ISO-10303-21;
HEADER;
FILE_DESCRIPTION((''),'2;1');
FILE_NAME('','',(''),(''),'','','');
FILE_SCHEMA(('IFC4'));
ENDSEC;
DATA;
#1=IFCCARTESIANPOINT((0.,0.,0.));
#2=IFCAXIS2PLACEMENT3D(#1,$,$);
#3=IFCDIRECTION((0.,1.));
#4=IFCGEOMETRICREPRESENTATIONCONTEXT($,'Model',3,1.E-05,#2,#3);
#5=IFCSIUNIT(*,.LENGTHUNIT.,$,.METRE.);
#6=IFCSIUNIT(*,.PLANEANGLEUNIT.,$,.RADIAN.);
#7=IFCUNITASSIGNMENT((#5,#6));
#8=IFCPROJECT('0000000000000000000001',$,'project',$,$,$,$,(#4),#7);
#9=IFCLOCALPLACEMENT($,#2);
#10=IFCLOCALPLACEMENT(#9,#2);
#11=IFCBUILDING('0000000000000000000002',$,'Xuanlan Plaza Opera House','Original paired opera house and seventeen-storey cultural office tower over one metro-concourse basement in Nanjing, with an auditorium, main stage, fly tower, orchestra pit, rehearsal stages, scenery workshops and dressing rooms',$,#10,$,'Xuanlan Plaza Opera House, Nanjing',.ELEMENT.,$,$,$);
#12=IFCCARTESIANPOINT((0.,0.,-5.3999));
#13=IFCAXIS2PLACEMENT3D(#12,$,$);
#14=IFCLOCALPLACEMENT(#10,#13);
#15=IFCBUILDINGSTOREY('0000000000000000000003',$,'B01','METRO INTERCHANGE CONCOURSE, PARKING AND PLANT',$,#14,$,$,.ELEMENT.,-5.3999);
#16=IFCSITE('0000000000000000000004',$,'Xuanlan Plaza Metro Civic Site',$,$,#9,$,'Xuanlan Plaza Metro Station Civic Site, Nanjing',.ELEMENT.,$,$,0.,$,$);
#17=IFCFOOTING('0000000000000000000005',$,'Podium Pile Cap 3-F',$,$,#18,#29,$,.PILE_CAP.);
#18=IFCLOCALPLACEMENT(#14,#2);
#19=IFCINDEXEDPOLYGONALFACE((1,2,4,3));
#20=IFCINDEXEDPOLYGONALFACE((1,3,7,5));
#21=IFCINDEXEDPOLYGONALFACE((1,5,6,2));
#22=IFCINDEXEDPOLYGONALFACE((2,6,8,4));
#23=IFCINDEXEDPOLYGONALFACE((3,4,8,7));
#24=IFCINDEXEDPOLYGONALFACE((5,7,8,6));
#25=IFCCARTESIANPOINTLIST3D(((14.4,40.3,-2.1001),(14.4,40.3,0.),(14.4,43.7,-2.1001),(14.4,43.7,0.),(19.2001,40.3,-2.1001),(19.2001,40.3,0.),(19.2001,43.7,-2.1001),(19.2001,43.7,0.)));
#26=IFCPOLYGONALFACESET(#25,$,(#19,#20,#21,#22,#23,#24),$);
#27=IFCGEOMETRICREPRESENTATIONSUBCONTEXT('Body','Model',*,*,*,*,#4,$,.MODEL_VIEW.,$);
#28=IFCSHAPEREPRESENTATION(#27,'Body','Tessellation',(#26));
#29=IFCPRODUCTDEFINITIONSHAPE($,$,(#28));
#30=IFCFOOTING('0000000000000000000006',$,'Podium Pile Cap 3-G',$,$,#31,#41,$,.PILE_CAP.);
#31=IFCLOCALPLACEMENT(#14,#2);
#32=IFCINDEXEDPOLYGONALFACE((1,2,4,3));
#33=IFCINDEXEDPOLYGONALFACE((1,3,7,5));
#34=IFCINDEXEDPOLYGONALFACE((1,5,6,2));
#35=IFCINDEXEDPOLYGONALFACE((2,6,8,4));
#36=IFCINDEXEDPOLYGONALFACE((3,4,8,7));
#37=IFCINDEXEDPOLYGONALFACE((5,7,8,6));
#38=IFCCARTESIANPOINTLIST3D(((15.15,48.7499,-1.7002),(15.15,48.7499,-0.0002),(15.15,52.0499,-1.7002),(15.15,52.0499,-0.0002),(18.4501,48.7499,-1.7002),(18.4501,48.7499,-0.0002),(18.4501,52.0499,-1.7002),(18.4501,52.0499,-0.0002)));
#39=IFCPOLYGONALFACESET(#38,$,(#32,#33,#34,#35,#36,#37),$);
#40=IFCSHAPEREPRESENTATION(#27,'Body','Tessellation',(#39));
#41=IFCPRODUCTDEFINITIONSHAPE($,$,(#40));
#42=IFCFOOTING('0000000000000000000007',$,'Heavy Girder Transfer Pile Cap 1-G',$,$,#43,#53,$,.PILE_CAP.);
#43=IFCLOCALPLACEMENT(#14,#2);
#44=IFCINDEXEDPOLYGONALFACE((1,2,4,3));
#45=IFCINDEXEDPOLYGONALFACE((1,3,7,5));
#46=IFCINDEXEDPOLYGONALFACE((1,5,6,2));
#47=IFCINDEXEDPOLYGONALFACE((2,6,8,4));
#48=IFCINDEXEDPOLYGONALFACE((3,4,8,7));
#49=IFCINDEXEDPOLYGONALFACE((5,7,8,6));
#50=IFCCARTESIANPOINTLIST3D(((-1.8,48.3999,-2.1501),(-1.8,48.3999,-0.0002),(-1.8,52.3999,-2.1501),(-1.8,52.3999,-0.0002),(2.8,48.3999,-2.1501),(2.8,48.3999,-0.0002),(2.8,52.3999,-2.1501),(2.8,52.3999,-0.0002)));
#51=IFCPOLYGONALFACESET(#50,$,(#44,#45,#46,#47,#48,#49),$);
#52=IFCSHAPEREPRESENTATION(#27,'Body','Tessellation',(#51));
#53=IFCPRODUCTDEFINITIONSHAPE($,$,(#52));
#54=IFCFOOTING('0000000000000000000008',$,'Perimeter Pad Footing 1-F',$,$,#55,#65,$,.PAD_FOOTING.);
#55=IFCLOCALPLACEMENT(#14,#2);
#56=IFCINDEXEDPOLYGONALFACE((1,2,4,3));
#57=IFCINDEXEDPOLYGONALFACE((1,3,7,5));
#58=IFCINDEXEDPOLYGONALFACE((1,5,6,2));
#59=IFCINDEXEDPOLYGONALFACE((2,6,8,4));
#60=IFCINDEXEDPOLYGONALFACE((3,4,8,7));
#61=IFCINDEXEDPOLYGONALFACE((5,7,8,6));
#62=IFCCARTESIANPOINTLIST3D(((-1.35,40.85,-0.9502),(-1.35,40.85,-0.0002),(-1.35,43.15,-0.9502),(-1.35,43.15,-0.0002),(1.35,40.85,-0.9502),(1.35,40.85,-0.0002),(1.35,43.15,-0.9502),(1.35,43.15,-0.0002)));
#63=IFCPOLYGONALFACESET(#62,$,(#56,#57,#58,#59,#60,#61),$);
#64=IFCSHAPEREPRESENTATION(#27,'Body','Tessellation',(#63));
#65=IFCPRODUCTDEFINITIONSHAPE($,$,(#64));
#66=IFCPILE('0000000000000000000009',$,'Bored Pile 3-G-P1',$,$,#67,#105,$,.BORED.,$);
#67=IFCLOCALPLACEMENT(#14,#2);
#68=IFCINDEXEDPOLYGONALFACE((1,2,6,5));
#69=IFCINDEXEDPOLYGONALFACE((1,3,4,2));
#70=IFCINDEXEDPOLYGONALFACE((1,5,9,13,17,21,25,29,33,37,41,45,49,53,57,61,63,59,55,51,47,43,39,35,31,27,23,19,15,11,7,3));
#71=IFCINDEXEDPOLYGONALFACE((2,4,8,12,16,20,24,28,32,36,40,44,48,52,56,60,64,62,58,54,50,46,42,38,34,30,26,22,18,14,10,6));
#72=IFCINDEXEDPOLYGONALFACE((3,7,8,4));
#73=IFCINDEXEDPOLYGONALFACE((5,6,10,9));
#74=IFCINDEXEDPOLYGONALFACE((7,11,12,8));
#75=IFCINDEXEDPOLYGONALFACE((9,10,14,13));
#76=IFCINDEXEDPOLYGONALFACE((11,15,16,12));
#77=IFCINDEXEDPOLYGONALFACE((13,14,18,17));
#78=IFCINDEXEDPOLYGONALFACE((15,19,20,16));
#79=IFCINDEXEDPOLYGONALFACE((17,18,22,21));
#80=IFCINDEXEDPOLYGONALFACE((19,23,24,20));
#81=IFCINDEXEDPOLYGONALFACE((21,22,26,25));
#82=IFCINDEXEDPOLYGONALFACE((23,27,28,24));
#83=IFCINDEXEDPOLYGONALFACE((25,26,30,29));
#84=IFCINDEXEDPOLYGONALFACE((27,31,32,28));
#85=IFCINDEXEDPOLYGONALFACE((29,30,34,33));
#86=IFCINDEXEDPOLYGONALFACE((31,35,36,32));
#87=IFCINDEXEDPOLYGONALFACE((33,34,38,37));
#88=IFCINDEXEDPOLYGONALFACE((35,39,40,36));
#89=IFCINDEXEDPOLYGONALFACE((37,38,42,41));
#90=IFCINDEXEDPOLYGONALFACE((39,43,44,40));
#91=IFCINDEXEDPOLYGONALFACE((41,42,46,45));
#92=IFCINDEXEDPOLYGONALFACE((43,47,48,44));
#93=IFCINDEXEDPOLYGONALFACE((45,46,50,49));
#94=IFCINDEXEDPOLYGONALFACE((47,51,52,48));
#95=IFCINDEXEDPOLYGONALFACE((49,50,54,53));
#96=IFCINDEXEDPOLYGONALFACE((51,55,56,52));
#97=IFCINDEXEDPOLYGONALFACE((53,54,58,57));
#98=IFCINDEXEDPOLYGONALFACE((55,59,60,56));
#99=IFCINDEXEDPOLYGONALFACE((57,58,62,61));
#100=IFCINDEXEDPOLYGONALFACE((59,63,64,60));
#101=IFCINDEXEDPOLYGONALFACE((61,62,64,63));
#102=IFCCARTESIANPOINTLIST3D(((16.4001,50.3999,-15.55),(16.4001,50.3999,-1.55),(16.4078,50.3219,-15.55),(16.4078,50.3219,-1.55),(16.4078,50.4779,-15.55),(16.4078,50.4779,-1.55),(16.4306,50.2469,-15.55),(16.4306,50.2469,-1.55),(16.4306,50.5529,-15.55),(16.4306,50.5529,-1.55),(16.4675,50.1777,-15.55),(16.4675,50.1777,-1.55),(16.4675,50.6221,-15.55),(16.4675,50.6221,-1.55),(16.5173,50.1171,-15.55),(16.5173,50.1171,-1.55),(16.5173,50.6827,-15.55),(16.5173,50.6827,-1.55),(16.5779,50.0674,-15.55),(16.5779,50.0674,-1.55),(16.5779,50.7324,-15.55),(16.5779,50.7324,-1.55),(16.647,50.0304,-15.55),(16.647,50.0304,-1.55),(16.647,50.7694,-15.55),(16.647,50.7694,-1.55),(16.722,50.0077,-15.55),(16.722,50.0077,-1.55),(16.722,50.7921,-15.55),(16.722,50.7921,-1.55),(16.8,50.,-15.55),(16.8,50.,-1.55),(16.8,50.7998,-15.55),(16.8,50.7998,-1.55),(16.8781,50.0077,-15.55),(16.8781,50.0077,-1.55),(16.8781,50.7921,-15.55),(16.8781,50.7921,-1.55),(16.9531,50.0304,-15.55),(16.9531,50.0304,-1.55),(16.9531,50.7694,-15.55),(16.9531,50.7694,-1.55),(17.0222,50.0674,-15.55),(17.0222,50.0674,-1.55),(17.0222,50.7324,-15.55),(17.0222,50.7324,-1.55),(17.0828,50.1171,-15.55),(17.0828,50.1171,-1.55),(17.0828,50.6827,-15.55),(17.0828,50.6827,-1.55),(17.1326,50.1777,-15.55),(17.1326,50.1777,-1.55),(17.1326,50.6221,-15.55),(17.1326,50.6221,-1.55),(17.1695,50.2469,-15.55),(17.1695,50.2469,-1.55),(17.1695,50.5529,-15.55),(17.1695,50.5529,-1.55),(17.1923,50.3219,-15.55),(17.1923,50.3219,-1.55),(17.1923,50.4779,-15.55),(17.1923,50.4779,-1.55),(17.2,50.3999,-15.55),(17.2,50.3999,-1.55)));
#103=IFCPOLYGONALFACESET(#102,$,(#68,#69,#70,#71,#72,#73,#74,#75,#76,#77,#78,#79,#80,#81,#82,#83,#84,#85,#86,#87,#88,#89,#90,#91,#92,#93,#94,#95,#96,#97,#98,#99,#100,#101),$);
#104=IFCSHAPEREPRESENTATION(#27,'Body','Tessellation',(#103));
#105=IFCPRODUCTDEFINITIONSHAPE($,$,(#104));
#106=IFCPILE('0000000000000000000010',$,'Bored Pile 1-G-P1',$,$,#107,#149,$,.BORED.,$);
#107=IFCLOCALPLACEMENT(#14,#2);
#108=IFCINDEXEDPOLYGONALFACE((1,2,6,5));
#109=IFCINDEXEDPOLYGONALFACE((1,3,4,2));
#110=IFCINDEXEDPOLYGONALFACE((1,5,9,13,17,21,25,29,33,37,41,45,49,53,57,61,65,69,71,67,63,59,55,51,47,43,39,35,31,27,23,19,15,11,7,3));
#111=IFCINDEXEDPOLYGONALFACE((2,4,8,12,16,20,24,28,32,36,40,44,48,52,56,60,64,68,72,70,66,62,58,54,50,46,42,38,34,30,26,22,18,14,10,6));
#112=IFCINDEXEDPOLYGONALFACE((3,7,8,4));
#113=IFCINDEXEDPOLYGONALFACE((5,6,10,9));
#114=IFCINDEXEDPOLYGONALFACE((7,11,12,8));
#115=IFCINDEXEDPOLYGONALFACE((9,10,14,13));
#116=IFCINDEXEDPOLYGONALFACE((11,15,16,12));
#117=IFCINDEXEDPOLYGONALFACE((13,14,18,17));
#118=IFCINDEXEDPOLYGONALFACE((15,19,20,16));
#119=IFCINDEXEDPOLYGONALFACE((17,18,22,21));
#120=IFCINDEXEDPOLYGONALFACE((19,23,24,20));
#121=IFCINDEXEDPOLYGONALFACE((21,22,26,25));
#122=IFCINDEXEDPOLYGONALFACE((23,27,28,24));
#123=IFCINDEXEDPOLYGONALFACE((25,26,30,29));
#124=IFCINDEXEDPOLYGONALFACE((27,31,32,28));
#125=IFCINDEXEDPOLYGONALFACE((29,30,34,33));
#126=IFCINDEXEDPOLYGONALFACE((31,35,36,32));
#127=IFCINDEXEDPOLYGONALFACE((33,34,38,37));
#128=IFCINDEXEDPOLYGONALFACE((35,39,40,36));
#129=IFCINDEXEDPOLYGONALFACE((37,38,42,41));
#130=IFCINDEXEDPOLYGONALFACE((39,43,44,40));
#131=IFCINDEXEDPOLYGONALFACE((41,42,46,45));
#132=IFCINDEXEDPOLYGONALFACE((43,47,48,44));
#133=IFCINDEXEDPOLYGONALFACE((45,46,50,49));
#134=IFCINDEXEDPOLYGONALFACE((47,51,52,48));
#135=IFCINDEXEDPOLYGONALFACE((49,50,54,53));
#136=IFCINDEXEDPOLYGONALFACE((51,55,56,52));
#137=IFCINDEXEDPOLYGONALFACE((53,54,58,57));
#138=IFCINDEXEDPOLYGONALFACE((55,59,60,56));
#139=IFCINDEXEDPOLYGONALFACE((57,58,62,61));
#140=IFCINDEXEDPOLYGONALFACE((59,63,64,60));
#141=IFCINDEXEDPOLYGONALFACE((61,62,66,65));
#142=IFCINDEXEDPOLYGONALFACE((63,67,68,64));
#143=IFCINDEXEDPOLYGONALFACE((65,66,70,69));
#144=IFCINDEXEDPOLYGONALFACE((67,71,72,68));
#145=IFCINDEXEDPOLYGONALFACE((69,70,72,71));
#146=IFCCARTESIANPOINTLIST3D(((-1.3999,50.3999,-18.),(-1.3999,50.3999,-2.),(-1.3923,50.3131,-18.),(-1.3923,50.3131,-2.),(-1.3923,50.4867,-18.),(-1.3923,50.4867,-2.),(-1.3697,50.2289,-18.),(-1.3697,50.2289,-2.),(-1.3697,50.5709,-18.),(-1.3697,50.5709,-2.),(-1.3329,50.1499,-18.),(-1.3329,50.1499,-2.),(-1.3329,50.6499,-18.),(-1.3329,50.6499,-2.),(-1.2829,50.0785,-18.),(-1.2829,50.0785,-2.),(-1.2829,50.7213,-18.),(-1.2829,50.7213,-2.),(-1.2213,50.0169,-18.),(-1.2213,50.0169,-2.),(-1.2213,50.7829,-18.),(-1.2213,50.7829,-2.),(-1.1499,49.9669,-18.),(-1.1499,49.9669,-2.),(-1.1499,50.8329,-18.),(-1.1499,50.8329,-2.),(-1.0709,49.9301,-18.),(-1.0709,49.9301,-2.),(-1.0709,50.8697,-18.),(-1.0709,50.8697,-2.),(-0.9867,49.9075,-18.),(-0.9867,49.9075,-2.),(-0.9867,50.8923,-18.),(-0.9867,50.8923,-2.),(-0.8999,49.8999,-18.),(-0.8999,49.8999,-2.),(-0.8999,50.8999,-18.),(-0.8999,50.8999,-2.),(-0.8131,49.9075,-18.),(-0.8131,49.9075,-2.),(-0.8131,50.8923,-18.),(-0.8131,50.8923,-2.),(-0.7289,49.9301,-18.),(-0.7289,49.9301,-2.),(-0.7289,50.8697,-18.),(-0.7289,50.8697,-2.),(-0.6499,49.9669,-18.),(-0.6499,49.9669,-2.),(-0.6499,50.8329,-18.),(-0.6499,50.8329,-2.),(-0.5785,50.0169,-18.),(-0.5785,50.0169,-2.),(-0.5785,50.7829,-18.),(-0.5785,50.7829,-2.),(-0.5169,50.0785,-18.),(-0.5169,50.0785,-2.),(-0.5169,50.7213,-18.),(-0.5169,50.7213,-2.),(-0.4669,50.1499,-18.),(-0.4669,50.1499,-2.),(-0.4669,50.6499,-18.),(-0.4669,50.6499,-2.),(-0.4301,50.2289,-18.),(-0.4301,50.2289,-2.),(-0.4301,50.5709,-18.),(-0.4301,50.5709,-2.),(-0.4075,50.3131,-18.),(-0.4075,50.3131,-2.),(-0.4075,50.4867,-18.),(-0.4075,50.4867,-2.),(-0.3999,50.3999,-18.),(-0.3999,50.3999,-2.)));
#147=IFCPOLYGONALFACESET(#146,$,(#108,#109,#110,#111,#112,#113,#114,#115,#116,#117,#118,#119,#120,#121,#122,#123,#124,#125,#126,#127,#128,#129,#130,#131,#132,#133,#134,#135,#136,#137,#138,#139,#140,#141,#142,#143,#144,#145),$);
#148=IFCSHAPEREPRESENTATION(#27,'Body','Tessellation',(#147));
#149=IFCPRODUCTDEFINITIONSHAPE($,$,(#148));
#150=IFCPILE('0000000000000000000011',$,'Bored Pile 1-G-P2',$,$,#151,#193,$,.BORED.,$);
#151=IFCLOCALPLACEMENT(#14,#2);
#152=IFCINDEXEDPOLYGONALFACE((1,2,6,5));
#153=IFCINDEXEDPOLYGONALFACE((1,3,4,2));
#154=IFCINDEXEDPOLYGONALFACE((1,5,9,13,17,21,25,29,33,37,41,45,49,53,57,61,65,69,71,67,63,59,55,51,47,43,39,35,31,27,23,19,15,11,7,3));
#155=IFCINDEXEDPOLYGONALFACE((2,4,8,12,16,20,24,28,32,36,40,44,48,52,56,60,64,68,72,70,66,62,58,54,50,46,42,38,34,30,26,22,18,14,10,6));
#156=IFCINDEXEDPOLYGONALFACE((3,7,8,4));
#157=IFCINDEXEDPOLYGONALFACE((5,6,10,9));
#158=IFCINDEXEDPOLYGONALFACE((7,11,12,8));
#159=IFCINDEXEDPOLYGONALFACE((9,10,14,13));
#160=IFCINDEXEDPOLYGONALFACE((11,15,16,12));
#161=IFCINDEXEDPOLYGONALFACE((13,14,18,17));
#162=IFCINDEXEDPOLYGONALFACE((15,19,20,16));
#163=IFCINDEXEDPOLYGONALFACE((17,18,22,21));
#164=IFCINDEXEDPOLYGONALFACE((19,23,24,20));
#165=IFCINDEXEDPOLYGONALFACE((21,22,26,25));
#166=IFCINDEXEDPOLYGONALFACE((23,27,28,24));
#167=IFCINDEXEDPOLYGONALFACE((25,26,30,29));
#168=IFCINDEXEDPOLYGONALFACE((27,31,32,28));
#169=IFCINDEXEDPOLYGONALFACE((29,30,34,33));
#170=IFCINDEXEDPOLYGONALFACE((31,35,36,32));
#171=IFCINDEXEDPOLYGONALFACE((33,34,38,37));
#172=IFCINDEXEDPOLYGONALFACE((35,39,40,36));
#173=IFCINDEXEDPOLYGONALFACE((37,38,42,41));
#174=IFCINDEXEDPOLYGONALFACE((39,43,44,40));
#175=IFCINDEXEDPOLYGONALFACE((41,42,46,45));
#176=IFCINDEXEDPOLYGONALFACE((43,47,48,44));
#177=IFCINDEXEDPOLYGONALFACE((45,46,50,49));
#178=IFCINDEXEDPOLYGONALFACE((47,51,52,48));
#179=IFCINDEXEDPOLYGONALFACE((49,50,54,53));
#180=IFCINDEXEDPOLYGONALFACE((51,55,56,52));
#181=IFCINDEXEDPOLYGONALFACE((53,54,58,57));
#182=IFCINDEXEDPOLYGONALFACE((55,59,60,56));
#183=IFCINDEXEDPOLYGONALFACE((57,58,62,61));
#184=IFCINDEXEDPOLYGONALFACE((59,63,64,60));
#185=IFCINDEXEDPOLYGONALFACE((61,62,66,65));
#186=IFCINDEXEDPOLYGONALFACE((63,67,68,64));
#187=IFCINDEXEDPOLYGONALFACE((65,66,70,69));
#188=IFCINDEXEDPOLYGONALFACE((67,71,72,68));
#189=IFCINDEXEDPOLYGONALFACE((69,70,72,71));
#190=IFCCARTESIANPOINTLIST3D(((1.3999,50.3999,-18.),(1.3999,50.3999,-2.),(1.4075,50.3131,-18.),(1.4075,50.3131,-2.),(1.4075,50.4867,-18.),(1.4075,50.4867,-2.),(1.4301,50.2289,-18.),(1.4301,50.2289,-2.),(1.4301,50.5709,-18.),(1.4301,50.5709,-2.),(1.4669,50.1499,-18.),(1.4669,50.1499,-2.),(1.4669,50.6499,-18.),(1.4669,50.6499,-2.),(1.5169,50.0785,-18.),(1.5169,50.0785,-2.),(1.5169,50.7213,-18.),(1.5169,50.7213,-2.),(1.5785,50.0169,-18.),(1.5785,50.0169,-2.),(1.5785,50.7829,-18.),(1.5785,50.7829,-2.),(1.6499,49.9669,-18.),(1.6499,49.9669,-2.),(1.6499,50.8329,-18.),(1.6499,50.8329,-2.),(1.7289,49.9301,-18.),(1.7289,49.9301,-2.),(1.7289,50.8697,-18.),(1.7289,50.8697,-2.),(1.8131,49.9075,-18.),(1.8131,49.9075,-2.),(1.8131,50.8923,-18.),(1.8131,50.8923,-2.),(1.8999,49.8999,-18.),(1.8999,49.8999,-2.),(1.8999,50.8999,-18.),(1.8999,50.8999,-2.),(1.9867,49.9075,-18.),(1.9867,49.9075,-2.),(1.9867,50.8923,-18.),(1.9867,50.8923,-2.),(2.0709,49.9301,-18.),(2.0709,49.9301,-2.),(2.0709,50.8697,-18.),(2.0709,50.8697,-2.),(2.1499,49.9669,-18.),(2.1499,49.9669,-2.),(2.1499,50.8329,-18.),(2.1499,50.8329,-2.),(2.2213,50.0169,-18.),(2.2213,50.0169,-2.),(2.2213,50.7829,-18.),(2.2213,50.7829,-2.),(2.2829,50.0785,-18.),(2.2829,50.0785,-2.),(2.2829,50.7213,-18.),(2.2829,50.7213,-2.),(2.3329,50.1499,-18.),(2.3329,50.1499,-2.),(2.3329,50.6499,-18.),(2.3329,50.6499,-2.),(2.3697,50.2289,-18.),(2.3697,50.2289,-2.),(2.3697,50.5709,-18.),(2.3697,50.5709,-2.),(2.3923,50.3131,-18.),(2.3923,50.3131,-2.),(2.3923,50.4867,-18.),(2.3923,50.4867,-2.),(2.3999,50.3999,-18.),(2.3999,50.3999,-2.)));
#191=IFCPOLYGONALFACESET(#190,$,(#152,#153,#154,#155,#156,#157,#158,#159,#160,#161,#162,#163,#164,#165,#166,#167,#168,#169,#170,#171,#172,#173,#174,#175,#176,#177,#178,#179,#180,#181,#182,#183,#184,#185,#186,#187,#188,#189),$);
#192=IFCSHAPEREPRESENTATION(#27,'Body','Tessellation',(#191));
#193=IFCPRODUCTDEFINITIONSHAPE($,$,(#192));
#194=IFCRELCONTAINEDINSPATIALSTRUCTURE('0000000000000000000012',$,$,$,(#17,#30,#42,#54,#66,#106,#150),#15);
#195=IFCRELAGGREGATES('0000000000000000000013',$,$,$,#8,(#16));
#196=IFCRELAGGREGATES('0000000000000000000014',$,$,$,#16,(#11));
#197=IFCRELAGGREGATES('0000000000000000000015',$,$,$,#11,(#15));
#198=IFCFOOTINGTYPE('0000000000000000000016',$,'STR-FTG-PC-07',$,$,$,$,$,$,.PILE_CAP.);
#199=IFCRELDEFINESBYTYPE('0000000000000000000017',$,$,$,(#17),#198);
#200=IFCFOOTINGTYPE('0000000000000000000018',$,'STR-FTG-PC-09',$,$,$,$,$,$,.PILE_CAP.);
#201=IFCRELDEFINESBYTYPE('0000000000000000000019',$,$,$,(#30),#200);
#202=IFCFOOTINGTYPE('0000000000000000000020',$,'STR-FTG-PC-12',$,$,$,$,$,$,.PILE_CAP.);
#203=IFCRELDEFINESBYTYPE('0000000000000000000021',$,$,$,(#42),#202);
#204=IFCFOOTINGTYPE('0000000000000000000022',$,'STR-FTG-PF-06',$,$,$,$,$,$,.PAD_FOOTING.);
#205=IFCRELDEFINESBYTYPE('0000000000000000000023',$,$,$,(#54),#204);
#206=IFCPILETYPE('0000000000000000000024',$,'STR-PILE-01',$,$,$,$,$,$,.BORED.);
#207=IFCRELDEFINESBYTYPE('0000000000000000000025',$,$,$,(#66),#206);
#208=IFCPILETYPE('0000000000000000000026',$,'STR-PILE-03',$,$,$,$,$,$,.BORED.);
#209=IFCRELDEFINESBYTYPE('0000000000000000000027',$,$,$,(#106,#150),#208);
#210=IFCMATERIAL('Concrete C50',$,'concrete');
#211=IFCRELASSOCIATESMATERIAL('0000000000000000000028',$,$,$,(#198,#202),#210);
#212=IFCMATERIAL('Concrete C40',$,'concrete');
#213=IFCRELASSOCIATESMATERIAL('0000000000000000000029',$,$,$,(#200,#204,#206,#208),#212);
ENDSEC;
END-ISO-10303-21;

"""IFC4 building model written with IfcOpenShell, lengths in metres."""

from ifc_helpers import new_model, si_unit, direction, frame, origin, origin_2d, place, context, subcontext, project, spatial, rectangle, circle, extrude, material, material_profile, profile_set, type_object, element, save


model = new_model("IFC4")

# Units and contexts
model_context = context("Model", 3, precision=1e-05, world=origin(), true_north=direction((0.0, 1.0)))
body_context = subcontext(model_context, "Body", "Model", "MODEL_VIEW")
ifc_project = project(units=[si_unit("LENGTHUNIT", "METRE"), si_unit("PLANEANGLEUNIT", "RADIAN")], contexts=[model_context])

# Site, building, storey
site_placement = place(None, origin())
site = spatial("IfcSite", under=ifc_project, at=site_placement, Name="Xuanlan Plaza Metro Civic Site", LongName="Xuanlan Plaza Metro Station Civic Site, Nanjing", CompositionType="ELEMENT", RefElevation=0.0)
building_placement = place(site_placement, origin())
building = spatial("IfcBuilding", under=site, at=building_placement, Name="Xuanlan Plaza Opera House", Description="Original paired opera house and seventeen-storey cultural office tower over one metro-concourse basement in Nanjing, with an auditorium, main stage, fly tower, orchestra pit, rehearsal stages, scenery workshops and dressing rooms", LongName="Xuanlan Plaza Opera House, Nanjing", CompositionType="ELEMENT")
storey_placement = place(building_placement, frame((0.0, 0.0, -5.3999)))
storey = spatial("IfcBuildingStorey", under=building, at=storey_placement, Name="B01", Description="METRO INTERCHANGE CONCOURSE, PARKING AND PLANT", CompositionType="ELEMENT", Elevation=-5.3999)

# Footings
ifc_material_1 = material(Name="Concrete C50", Category="concrete")
footing_type_1 = type_object("IfcFootingType", Name="STR-FTG-PC-07", PredefinedType="PILE_CAP", material=ifc_material_1)
footing_1_placement = place(storey_placement, frame((16.8, 42.0, -2.1001), z_axis=(0.0, 0.0, 1.0), x_axis=(1.0, 0.0, 0.0)))
element("IfcFooting", 1, at=footing_1_placement, inside=storey, type_object=footing_type_1, Name="Podium Pile Cap 3-F", PredefinedType="PILE_CAP", context=body_context, shape_type="SweptSolid", body=[
    extrude(rectangle(XDim=4.8, YDim=3.3999, at=origin_2d()), origin(), (0.0, 0.0, 1.0), 2.1001),
])
ifc_material_2 = material(Name="Concrete C40", Category="concrete")
footing_type_2 = type_object("IfcFootingType", Name="STR-FTG-PC-09", PredefinedType="PILE_CAP", material=ifc_material_2)
footing_2_placement = place(storey_placement, frame((16.8, 50.3999, -1.7002), z_axis=(0.0, 0.0, 1.0), x_axis=(1.0, 0.0, 0.0)))
element("IfcFooting", 2, at=footing_2_placement, inside=storey, type_object=footing_type_2, Name="Podium Pile Cap 3-G", PredefinedType="PILE_CAP", context=body_context, shape_type="SweptSolid", body=[
    extrude(rectangle(XDim=3.3, YDim=3.3, at=origin_2d()), origin(), (0.0, 0.0, 1.0), 1.7),
])
footing_type_3 = type_object("IfcFootingType", Name="STR-FTG-PC-12", PredefinedType="PILE_CAP", material=ifc_material_1)
footing_3_placement = place(storey_placement, frame((0.5, 50.3999, -2.1501), z_axis=(0.0, 0.0, 1.0), x_axis=(1.0, 0.0, 0.0)))
element("IfcFooting", 3, at=footing_3_placement, inside=storey, type_object=footing_type_3, Name="Heavy Girder Transfer Pile Cap 1-G", PredefinedType="PILE_CAP", context=body_context, shape_type="SweptSolid", body=[
    extrude(rectangle(XDim=4.6001, YDim=4.0, at=origin_2d()), origin(), (0.0, 0.0, 1.0), 2.1499),
])
footing_type_4 = type_object("IfcFootingType", Name="STR-FTG-PF-06", PredefinedType="PAD_FOOTING", material=ifc_material_2)
footing_4_placement = place(storey_placement, frame((0.0, 42.0, -0.9502), z_axis=(0.0, 0.0, 1.0), x_axis=(1.0, 0.0, 0.0)))
element("IfcFooting", 4, at=footing_4_placement, inside=storey, type_object=footing_type_4, Name="Perimeter Pad Footing 1-F", PredefinedType="PAD_FOOTING", context=body_context, shape_type="SweptSolid", body=[
    extrude(rectangle(XDim=2.7, YDim=2.3, at=origin_2d()), origin(), (0.0, 0.0, 1.0), 0.95),
])

# Piles
ifc_material_profile_1 = material_profile(ifc_material_2, circle(Radius=0.3999, at=origin_2d()), Name="PILE D800")
ifc_profile_set_1 = profile_set([ifc_material_profile_1], Name="Concrete C40")
pile_type_1 = type_object("IfcPileType", Name="STR-PILE-01", PredefinedType="BORED", material=ifc_profile_set_1)
pile_placement = place(storey_placement, frame((16.8, 50.3999, -1.55), z_axis=(0.0, 0.0, -1.0), x_axis=(1.0, 0.0, 0.0)))
element("IfcPile", 5, at=pile_placement, inside=storey, type_object=pile_type_1, Name="Bored Pile 3-G-P1", PredefinedType="BORED", context=body_context, shape_type="SweptSolid", body=[
    extrude(circle(Radius=0.3999, at=origin_2d()), origin(), (0.0, 0.0, 1.0), 14.0),
])
ifc_material_profile_2 = material_profile(ifc_material_2, circle(Radius=0.5, at=origin_2d()), Name="PILE D1000")
ifc_profile_set_2 = profile_set([ifc_material_profile_2], Name="Concrete C40")
pile_type_2 = type_object("IfcPileType", Name="STR-PILE-03", PredefinedType="BORED", material=ifc_profile_set_2)
for number, where, z_axis, x_axis, name in (
    (6, (-0.8999, 50.3999, -2.0), (0.0, 0.0, -1.0), (1.0, 0.0, 0.0), "Bored Pile 1-G-P1"),
    (7, (1.8999, 50.3999, -2.0), (0.0, 0.0, -1.0), (1.0, 0.0, 0.0), "Bored Pile 1-G-P2"),
):
    element("IfcPile", number, at=place(storey_placement, frame(where, z_axis=z_axis, x_axis=x_axis)), inside=storey, type_object=pile_type_2, Name=name, PredefinedType="BORED", context=body_context, shape_type="SweptSolid", body=[
        extrude(circle(Radius=0.5, at=origin_2d()), origin(), (0.0, 0.0, 1.0), 16.0),
    ])

save(model, "model.ifc")
